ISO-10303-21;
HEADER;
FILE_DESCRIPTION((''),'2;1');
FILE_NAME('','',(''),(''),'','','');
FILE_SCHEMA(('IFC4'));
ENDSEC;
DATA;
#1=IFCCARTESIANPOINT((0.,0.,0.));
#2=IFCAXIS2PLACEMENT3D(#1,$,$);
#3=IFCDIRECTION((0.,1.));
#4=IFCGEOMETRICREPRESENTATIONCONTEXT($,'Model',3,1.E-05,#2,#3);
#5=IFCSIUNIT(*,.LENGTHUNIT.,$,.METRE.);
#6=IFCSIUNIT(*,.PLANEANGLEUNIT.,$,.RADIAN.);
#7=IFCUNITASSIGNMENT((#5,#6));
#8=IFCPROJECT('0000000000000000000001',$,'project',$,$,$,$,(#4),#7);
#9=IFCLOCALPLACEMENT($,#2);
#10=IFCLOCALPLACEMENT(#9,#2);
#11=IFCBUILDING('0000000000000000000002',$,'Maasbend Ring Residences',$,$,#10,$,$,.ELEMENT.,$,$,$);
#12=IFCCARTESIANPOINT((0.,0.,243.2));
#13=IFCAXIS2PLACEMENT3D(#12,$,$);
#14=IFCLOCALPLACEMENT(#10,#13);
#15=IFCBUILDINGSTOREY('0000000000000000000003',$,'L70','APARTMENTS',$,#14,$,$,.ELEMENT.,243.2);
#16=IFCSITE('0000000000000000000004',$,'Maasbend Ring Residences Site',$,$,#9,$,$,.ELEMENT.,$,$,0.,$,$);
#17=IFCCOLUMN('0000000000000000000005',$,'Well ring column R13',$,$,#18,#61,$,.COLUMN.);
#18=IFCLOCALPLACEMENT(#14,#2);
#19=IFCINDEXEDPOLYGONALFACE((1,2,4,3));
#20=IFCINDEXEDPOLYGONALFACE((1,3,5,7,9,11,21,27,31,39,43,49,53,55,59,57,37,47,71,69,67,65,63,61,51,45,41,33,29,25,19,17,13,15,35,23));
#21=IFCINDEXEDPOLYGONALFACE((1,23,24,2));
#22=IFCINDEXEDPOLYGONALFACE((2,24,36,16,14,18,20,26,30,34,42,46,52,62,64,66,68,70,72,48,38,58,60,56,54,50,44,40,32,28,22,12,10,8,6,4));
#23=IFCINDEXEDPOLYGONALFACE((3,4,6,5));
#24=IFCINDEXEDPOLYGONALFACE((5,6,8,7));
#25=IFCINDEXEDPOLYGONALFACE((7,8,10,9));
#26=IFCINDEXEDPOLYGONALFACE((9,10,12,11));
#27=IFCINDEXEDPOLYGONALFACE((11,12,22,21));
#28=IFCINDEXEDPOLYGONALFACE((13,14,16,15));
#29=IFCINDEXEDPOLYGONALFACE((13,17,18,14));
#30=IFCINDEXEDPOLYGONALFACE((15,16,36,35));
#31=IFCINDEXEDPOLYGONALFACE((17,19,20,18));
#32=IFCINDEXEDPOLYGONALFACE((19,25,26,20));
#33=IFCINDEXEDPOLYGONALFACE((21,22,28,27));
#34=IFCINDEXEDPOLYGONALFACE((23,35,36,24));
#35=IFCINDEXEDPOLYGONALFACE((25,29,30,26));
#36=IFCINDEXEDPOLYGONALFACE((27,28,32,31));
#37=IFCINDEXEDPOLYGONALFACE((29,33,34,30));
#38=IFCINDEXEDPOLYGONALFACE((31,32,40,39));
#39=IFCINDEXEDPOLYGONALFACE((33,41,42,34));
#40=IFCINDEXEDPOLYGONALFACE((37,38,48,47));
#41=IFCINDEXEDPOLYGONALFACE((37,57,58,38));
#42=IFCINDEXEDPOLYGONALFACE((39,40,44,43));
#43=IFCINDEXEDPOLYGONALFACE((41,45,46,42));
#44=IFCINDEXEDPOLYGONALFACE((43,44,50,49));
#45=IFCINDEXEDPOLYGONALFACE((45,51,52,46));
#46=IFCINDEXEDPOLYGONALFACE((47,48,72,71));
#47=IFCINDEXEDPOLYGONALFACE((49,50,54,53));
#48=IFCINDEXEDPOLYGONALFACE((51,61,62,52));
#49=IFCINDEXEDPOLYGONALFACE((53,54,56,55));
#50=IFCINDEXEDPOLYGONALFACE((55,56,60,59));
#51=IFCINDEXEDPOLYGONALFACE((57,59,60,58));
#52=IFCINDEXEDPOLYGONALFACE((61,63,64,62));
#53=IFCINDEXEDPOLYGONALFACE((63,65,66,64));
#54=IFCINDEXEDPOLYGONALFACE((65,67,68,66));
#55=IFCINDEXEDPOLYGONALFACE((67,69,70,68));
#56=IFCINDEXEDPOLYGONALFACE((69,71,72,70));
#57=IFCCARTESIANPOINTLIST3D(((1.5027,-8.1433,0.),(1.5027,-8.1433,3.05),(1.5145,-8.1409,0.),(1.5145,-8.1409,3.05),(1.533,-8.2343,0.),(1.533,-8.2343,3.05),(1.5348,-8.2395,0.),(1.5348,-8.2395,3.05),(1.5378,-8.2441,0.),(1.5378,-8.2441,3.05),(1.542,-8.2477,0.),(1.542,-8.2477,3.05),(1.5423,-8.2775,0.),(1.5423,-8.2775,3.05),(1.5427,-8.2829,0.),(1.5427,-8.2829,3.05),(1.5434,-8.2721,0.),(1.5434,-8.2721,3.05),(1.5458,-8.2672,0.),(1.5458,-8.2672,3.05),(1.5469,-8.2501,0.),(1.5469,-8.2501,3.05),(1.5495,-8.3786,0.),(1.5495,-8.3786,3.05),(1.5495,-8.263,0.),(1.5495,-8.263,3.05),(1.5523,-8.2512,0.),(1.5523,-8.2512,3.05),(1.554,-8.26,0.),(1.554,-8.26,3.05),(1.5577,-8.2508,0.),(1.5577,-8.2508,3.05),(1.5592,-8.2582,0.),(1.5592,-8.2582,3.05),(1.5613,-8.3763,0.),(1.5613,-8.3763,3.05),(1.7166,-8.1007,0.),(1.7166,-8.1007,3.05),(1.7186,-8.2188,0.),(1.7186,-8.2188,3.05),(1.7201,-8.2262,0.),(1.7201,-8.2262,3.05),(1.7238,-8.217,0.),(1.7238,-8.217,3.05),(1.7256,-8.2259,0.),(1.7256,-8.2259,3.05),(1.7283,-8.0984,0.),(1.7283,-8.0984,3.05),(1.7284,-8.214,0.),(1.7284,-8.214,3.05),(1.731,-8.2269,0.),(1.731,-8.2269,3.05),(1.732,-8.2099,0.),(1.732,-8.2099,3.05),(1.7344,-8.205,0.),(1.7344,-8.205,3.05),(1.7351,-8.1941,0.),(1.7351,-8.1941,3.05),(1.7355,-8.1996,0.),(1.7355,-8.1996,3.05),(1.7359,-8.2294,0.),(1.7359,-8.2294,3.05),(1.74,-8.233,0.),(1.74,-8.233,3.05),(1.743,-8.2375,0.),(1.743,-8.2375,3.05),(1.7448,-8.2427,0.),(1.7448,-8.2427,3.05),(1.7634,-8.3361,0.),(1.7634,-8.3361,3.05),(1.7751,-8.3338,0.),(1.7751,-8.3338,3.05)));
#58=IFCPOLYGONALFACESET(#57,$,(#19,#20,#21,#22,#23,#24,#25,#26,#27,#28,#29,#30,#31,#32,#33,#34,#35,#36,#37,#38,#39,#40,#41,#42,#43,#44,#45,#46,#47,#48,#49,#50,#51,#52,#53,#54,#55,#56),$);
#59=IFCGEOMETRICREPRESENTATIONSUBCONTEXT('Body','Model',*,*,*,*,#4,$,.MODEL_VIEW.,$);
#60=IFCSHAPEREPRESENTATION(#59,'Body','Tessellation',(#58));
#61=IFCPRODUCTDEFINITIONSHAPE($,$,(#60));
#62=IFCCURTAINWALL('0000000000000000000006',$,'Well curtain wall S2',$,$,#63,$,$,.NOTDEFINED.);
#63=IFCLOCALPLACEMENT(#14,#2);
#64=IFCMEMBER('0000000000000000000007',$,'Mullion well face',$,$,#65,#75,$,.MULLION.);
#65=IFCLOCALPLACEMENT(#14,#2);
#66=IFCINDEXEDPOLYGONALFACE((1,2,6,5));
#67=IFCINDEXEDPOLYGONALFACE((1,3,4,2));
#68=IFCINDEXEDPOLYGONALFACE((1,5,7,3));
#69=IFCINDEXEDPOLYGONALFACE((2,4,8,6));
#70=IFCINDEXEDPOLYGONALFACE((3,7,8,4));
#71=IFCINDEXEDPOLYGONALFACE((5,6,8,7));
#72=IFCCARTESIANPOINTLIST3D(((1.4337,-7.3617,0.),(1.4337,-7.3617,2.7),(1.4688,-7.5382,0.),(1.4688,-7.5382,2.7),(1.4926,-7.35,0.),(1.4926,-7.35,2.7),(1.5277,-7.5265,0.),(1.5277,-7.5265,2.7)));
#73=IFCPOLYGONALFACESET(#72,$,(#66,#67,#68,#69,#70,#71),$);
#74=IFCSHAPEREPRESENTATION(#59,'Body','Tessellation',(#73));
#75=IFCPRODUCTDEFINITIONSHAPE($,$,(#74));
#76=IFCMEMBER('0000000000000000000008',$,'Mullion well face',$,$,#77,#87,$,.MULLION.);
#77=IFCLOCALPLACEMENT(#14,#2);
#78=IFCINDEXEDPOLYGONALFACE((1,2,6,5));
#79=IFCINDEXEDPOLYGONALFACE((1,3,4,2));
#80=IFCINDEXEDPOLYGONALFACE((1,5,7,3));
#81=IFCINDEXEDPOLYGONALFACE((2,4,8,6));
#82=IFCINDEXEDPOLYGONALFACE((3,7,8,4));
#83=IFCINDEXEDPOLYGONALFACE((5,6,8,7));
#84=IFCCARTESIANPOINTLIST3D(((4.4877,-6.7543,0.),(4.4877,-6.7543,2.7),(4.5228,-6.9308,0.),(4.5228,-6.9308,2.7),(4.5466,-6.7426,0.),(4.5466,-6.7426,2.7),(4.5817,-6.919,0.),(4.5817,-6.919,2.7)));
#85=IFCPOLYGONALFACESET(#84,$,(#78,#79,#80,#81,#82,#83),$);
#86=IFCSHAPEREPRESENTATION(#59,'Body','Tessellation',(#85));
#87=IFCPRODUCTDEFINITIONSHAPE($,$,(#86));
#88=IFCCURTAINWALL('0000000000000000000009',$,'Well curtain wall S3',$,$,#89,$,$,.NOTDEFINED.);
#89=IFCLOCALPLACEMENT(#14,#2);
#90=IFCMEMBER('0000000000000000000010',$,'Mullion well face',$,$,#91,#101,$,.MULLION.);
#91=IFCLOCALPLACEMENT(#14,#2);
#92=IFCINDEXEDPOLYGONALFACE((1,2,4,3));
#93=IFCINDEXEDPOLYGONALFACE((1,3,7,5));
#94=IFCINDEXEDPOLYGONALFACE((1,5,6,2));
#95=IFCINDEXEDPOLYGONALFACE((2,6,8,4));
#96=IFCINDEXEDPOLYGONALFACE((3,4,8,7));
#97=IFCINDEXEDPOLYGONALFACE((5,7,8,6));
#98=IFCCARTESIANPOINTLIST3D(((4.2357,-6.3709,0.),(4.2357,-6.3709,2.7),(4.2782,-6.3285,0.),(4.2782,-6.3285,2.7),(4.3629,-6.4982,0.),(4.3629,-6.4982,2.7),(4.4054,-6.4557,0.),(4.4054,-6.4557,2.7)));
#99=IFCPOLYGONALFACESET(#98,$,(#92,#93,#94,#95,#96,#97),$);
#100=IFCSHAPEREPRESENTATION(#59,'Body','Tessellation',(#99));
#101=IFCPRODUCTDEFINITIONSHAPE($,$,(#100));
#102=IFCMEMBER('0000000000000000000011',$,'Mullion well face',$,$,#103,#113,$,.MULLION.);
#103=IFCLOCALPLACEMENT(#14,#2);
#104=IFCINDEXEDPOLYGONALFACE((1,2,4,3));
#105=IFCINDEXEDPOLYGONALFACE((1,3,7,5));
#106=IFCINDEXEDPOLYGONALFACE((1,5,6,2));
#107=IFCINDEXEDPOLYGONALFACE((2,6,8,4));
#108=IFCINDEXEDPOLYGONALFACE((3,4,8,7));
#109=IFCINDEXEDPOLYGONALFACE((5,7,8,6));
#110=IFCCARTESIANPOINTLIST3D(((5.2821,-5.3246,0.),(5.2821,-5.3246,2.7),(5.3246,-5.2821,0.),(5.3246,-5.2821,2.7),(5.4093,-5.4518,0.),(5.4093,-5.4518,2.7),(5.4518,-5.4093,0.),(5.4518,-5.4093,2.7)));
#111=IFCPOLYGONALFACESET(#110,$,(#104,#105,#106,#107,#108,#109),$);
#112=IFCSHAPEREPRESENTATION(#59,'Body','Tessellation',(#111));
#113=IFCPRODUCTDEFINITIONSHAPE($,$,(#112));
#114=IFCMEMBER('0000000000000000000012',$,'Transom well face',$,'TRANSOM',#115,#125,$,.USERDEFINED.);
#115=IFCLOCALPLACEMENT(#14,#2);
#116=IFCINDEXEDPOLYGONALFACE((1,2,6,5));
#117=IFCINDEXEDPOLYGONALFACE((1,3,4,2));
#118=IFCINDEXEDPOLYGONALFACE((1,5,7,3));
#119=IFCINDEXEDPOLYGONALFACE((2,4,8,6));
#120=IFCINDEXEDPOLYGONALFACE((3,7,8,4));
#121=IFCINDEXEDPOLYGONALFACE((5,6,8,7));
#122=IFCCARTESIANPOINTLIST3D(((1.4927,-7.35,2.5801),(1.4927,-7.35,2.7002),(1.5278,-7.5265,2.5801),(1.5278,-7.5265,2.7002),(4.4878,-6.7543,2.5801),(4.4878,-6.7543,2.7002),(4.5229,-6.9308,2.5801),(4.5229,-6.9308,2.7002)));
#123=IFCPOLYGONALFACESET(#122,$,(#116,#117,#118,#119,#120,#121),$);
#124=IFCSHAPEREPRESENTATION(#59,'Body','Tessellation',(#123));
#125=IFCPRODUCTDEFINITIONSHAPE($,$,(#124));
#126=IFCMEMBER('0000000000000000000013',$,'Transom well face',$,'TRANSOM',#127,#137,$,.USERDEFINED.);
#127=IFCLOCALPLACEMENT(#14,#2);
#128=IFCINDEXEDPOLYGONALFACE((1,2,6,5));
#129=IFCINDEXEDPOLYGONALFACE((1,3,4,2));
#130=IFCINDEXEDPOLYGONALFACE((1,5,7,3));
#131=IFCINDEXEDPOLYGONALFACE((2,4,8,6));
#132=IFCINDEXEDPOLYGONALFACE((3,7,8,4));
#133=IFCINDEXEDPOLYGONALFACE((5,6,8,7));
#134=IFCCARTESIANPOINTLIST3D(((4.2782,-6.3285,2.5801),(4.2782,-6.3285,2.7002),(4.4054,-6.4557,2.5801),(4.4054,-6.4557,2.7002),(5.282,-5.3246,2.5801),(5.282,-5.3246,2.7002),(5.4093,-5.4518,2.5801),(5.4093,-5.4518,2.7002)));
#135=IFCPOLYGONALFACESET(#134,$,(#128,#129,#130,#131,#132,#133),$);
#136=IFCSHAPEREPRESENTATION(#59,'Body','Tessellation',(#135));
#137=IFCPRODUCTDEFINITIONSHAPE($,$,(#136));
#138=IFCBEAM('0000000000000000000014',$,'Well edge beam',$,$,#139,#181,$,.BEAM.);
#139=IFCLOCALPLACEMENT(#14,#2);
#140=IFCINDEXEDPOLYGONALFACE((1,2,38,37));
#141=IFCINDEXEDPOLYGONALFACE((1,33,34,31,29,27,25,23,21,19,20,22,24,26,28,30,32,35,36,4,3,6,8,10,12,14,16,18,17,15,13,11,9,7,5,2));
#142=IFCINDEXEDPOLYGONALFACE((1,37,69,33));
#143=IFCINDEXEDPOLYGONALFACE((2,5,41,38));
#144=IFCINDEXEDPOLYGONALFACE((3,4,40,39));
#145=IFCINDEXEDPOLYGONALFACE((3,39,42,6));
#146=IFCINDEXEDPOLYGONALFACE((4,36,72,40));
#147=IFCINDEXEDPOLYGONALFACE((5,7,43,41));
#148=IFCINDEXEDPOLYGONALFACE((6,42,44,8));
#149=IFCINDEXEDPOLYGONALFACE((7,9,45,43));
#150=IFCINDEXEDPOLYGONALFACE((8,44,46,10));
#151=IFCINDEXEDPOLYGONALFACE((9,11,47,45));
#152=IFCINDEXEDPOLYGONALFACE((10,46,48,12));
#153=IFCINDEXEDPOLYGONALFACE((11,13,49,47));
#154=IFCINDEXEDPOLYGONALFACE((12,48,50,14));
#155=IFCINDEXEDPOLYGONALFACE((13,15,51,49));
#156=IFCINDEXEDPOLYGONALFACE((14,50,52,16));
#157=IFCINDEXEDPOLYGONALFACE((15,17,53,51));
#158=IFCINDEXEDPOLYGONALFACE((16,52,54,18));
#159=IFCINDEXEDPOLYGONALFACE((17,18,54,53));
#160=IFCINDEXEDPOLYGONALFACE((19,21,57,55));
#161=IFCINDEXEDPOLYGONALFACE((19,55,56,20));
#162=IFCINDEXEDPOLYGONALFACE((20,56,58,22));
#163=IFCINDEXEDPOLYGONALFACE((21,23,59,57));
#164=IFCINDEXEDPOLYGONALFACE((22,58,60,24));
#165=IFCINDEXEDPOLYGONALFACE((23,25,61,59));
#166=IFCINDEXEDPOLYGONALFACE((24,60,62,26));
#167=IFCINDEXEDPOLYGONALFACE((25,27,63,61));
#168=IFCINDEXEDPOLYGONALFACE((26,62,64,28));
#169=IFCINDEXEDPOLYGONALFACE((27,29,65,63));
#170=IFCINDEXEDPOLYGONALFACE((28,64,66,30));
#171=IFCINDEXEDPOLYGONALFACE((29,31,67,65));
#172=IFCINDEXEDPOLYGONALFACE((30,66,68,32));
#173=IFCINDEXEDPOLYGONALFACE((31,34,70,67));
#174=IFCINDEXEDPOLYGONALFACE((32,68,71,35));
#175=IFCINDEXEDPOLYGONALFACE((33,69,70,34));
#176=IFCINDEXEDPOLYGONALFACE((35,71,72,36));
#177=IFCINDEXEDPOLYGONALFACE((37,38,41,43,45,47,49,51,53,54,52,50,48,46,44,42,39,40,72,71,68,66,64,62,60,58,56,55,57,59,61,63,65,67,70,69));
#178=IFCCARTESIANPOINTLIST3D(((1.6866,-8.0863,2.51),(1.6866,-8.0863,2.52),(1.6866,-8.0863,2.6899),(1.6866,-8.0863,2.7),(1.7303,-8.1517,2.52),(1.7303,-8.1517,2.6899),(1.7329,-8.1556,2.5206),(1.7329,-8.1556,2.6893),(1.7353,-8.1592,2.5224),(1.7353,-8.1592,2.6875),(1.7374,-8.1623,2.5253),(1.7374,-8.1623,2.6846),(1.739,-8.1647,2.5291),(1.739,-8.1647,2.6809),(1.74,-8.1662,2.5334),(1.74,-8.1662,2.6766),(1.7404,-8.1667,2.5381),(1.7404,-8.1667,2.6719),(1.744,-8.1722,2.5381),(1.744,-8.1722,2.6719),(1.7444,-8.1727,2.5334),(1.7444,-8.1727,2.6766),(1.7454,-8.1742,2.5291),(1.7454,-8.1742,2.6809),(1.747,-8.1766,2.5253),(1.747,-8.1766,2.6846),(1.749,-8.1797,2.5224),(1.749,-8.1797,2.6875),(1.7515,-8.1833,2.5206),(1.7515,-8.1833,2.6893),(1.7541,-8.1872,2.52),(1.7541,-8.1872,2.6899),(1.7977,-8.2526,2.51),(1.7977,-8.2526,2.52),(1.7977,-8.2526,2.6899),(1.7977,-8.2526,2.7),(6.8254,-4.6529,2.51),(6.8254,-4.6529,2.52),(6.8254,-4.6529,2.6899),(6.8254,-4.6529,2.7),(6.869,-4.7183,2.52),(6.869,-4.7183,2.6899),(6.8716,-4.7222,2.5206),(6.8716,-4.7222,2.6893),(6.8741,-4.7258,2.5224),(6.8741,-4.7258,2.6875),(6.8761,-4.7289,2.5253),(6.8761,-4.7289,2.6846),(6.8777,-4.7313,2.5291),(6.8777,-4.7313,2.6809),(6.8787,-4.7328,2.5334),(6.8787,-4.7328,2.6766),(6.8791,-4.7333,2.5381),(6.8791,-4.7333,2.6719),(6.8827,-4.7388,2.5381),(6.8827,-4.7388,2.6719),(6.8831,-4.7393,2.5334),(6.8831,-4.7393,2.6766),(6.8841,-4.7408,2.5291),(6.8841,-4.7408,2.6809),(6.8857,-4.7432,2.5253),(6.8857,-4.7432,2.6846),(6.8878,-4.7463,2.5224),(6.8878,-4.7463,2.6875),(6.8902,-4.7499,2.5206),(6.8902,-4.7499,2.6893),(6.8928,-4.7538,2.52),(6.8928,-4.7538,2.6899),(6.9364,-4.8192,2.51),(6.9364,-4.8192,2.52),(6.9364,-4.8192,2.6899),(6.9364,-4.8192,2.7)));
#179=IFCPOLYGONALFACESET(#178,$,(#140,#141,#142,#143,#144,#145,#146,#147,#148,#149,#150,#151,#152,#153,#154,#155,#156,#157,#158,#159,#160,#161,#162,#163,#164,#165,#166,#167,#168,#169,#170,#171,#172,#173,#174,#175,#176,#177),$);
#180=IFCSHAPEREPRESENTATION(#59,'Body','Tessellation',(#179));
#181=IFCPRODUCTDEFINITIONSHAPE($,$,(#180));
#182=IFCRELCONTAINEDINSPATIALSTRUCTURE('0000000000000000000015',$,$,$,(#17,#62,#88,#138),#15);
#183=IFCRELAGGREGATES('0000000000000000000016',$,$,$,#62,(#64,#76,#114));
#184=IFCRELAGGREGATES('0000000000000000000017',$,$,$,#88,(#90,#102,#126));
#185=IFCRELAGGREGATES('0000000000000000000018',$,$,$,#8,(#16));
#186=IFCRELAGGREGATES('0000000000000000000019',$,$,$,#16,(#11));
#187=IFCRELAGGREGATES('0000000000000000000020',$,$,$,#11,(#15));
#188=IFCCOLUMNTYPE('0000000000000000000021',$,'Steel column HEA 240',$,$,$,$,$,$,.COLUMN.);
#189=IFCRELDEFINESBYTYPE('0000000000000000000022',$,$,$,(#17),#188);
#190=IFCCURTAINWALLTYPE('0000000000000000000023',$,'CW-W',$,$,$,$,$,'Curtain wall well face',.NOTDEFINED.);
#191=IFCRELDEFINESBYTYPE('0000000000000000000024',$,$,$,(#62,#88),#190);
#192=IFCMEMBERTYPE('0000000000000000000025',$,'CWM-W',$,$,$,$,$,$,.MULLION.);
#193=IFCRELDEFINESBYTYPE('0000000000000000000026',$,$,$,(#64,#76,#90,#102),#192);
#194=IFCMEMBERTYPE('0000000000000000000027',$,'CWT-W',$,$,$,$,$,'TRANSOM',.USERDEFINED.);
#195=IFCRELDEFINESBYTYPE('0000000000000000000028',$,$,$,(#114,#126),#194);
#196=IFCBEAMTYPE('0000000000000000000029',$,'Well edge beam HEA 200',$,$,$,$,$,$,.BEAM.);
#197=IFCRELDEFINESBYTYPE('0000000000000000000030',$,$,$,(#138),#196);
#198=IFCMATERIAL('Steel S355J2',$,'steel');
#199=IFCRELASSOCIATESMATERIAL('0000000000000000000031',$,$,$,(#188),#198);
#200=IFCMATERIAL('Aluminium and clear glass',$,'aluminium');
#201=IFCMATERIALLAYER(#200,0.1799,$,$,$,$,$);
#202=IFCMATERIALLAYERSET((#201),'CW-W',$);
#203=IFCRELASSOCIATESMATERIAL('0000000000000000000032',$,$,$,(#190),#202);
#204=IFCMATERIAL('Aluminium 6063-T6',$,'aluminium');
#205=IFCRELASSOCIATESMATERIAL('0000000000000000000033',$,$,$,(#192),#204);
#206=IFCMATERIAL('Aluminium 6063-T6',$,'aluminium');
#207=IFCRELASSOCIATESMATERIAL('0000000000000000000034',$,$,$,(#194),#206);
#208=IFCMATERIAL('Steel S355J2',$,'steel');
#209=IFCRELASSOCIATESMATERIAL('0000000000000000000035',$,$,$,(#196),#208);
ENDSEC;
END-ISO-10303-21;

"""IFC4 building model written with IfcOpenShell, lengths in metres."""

from ifc_helpers import new_model, si_unit, direction, frame, origin, origin_2d, place, context, subcontext, project, spatial, rectangle, i_section, extrude, material, layer, layer_set, material_profile, profile_set, type_object, element, aggregate, save


model = new_model("IFC4")

# Units and contexts
model_context = context("Model", 3, precision=1e-05, world=origin(), true_north=direction((0.0, 1.0)))
body_context = subcontext(model_context, "Body", "Model", "MODEL_VIEW")
ifc_project = project(units=[si_unit("LENGTHUNIT", "METRE"), si_unit("PLANEANGLEUNIT", "RADIAN")], contexts=[model_context])

# Site, building, storey
site_placement = place(None, origin())
site = spatial("IfcSite", under=ifc_project, at=site_placement, Name="Maasbend Ring Residences Site", CompositionType="ELEMENT", RefElevation=0.0)
building_placement = place(site_placement, origin())
building = spatial("IfcBuilding", under=site, at=building_placement, Name="Maasbend Ring Residences", CompositionType="ELEMENT")
storey_placement = place(building_placement, frame((0.0, 0.0, 243.2)))
storey = spatial("IfcBuildingStorey", under=building, at=storey_placement, Name="L70", Description="APARTMENTS", CompositionType="ELEMENT", Elevation=243.2)

# Column
ifc_material_1 = material(Name="Steel S355J2", Category="steel")
ifc_material_profile_1 = material_profile(ifc_material_1, i_section(OverallWidth=0.24, OverallDepth=0.23, WebThickness=0.0076, FlangeThickness=0.012, FilletRadius=0.021, at=origin_2d()), Name="HEA 240")
ifc_profile_set_1 = profile_set([ifc_material_profile_1], Name="Steel S355J2")
column_type = type_object("IfcColumnType", Name="Steel column HEA 240", PredefinedType="COLUMN", material=ifc_profile_set_1)
column_placement = place(storey_placement, frame((1.6389, -8.2385, 0.0), z_axis=(0.0, 0.0, 1.0), x_axis=(0.19509, -0.980785, 0.0)))
element("IfcColumn", 1, at=column_placement, inside=storey, type_object=column_type, Name="Well ring column R13", PredefinedType="COLUMN", context=body_context, shape_type="SweptSolid", body=[
    extrude(i_section(OverallWidth=0.24, OverallDepth=0.23, WebThickness=0.0076, FlangeThickness=0.012, FilletRadius=0.021, at=origin_2d()), origin(), (0.0, 0.0, 1.0), 3.05),
])

# Curtain walls, members
ifc_material_2 = material(Name="Aluminium and clear glass", Category="aluminium")
ifc_layer_1 = layer(ifc_material_2, 0.1799)
ifc_layer_set_1 = layer_set([ifc_layer_1], Name="CW-W")
curtain_wall_type = type_object("IfcCurtainWallType", Name="CW-W", ElementType="Curtain wall well face", PredefinedType="NOTDEFINED", material=ifc_layer_set_1)
curtain_wall_1_placement = place(storey_placement, origin())
curtain_wall_1 = element("IfcCurtainWall", 2, at=curtain_wall_1_placement, inside=storey, type_object=curtain_wall_type, Name="Well curtain wall S2", PredefinedType="NOTDEFINED")
ifc_material_3 = material(Name="Aluminium 6063-T6", Category="aluminium")
ifc_material_profile_2 = material_profile(ifc_material_3, rectangle(XDim=0.1799, YDim=0.0601, at=origin_2d()), Name="AL 180x60")
ifc_profile_set_2 = profile_set([ifc_material_profile_2], Name="Aluminium 6063-T6")
member_type_1 = type_object("IfcMemberType", Name="CWM-W", PredefinedType="MULLION", material=ifc_profile_set_2)
member_1_placement = place(storey_placement, frame((1.4807, -7.4441, 0.0), z_axis=(0.0, 0.0, 1.0), x_axis=(-0.19509, 0.980785, 0.0)))
member_1 = element("IfcMember", 3, at=member_1_placement, type_object=member_type_1, Name="Mullion well face", PredefinedType="MULLION", context=body_context, shape_type="SweptSolid", body=[
    extrude(rectangle(XDim=0.1799, YDim=0.0601, at=origin_2d()), origin(), (0.0, 0.0, 1.0), 2.7),
])
member_2_placement = place(storey_placement, frame((4.5347, -6.8367, 0.0), z_axis=(0.0, 0.0, 1.0), x_axis=(-0.19509, 0.980785, 0.0)))
member_2 = element("IfcMember", 4, at=member_2_placement, type_object=member_type_1, Name="Mullion well face", PredefinedType="MULLION", context=body_context, shape_type="SweptSolid", body=[
    extrude(rectangle(XDim=0.1799, YDim=0.0601, at=origin_2d()), origin(), (0.0, 0.0, 1.0), 2.7),
])
curtain_wall_2_placement = place(storey_placement, origin())
curtain_wall_2 = element("IfcCurtainWall", 5, at=curtain_wall_2_placement, inside=storey, type_object=curtain_wall_type, Name="Well curtain wall S3", PredefinedType="NOTDEFINED")
member_3_placement = place(storey_placement, frame((4.3206, -6.4133, 0.0), z_axis=(0.0, 0.0, 1.0), x_axis=(-0.707107, 0.707107, 0.0)))
member_3 = element("IfcMember", 6, at=member_3_placement, type_object=member_type_1, Name="Mullion well face", PredefinedType="MULLION", context=body_context, shape_type="SweptSolid", body=[
    extrude(rectangle(XDim=0.1799, YDim=0.0601, at=origin_2d()), origin(), (0.0, 0.0, 1.0), 2.7),
])
member_4_placement = place(storey_placement, frame((5.3669, -5.3669, 0.0), z_axis=(0.0, 0.0, 1.0), x_axis=(-0.707107, 0.707107, 0.0)))
member_4 = element("IfcMember", 7, at=member_4_placement, type_object=member_type_1, Name="Mullion well face", PredefinedType="MULLION", context=body_context, shape_type="SweptSolid", body=[
    extrude(rectangle(XDim=0.1799, YDim=0.0601, at=origin_2d()), origin(), (0.0, 0.0, 1.0), 2.7),
])

# Members
ifc_material_4 = material(Name="Aluminium 6063-T6", Category="aluminium")
ifc_material_profile_3 = material_profile(ifc_material_4, rectangle(XDim=0.1799, YDim=0.1201, at=origin_2d()), Name="AL 180x120")
ifc_profile_set_3 = profile_set([ifc_material_profile_3], Name="Aluminium 6063-T6")
member_type_2 = type_object("IfcMemberType", Name="CWT-W", ElementType="TRANSOM", PredefinedType="USERDEFINED", material=ifc_profile_set_3)
member_5_placement = place(storey_placement, frame((1.5103, -7.4382, 2.6401), z_axis=(0.980789, 0.195071, 0.0), x_axis=(-0.195071, 0.980789, 0.0)))
member_5 = element("IfcMember", 8, at=member_5_placement, type_object=member_type_2, Name="Transom well face", ObjectType="TRANSOM", PredefinedType="USERDEFINED", context=body_context, shape_type="SweptSolid", body=[
    extrude(rectangle(XDim=0.1799, YDim=0.1201, at=origin_2d()), origin(), (0.0, 0.0, 1.0), 3.0537),
])
member_6_placement = place(storey_placement, frame((4.3418, -6.3921, 2.6401), z_axis=(0.707107, 0.707107, 0.0), x_axis=(-0.707107, 0.707107, 0.0)))
member_6 = element("IfcMember", 9, at=member_6_placement, type_object=member_type_2, Name="Transom well face", ObjectType="TRANSOM", PredefinedType="USERDEFINED", context=body_context, shape_type="SweptSolid", body=[
    extrude(rectangle(XDim=0.1799, YDim=0.1201, at=origin_2d()), origin(), (0.0, 0.0, 1.0), 1.4197),
])

# Beam
ifc_material_5 = material(Name="Steel S355J2", Category="steel")
ifc_material_profile_4 = material_profile(ifc_material_5, i_section(OverallWidth=0.2, OverallDepth=0.1899, WebThickness=0.0066, FlangeThickness=0.01, FilletRadius=0.0181, at=origin_2d()), Name="HEA 200")
ifc_profile_set_4 = profile_set([ifc_material_profile_4], Name="Steel S355J2")
beam_type = type_object("IfcBeamType", Name="Well edge beam HEA 200", PredefinedType="BEAM", material=ifc_profile_set_4)
beam_placement = place(storey_placement, frame((1.7422, -8.1694, 2.605), z_axis=(0.831485, 0.555548, 0.0), x_axis=(-0.555548, 0.831485, 0.0)))
element("IfcBeam", 10, at=beam_placement, inside=storey, type_object=beam_type, Name="Well edge beam", PredefinedType="BEAM", context=body_context, shape_type="SweptSolid", body=[
    extrude(i_section(OverallWidth=0.2, OverallDepth=0.1899, WebThickness=0.0066, FlangeThickness=0.01, FilletRadius=0.0181, at=origin_2d()), origin(), (0.0, 0.0, 1.0), 6.1802),
])

aggregate(curtain_wall_1, [member_1, member_2, member_5])
aggregate(curtain_wall_2, [member_3, member_4, member_6])

save(model, "model.ifc")
